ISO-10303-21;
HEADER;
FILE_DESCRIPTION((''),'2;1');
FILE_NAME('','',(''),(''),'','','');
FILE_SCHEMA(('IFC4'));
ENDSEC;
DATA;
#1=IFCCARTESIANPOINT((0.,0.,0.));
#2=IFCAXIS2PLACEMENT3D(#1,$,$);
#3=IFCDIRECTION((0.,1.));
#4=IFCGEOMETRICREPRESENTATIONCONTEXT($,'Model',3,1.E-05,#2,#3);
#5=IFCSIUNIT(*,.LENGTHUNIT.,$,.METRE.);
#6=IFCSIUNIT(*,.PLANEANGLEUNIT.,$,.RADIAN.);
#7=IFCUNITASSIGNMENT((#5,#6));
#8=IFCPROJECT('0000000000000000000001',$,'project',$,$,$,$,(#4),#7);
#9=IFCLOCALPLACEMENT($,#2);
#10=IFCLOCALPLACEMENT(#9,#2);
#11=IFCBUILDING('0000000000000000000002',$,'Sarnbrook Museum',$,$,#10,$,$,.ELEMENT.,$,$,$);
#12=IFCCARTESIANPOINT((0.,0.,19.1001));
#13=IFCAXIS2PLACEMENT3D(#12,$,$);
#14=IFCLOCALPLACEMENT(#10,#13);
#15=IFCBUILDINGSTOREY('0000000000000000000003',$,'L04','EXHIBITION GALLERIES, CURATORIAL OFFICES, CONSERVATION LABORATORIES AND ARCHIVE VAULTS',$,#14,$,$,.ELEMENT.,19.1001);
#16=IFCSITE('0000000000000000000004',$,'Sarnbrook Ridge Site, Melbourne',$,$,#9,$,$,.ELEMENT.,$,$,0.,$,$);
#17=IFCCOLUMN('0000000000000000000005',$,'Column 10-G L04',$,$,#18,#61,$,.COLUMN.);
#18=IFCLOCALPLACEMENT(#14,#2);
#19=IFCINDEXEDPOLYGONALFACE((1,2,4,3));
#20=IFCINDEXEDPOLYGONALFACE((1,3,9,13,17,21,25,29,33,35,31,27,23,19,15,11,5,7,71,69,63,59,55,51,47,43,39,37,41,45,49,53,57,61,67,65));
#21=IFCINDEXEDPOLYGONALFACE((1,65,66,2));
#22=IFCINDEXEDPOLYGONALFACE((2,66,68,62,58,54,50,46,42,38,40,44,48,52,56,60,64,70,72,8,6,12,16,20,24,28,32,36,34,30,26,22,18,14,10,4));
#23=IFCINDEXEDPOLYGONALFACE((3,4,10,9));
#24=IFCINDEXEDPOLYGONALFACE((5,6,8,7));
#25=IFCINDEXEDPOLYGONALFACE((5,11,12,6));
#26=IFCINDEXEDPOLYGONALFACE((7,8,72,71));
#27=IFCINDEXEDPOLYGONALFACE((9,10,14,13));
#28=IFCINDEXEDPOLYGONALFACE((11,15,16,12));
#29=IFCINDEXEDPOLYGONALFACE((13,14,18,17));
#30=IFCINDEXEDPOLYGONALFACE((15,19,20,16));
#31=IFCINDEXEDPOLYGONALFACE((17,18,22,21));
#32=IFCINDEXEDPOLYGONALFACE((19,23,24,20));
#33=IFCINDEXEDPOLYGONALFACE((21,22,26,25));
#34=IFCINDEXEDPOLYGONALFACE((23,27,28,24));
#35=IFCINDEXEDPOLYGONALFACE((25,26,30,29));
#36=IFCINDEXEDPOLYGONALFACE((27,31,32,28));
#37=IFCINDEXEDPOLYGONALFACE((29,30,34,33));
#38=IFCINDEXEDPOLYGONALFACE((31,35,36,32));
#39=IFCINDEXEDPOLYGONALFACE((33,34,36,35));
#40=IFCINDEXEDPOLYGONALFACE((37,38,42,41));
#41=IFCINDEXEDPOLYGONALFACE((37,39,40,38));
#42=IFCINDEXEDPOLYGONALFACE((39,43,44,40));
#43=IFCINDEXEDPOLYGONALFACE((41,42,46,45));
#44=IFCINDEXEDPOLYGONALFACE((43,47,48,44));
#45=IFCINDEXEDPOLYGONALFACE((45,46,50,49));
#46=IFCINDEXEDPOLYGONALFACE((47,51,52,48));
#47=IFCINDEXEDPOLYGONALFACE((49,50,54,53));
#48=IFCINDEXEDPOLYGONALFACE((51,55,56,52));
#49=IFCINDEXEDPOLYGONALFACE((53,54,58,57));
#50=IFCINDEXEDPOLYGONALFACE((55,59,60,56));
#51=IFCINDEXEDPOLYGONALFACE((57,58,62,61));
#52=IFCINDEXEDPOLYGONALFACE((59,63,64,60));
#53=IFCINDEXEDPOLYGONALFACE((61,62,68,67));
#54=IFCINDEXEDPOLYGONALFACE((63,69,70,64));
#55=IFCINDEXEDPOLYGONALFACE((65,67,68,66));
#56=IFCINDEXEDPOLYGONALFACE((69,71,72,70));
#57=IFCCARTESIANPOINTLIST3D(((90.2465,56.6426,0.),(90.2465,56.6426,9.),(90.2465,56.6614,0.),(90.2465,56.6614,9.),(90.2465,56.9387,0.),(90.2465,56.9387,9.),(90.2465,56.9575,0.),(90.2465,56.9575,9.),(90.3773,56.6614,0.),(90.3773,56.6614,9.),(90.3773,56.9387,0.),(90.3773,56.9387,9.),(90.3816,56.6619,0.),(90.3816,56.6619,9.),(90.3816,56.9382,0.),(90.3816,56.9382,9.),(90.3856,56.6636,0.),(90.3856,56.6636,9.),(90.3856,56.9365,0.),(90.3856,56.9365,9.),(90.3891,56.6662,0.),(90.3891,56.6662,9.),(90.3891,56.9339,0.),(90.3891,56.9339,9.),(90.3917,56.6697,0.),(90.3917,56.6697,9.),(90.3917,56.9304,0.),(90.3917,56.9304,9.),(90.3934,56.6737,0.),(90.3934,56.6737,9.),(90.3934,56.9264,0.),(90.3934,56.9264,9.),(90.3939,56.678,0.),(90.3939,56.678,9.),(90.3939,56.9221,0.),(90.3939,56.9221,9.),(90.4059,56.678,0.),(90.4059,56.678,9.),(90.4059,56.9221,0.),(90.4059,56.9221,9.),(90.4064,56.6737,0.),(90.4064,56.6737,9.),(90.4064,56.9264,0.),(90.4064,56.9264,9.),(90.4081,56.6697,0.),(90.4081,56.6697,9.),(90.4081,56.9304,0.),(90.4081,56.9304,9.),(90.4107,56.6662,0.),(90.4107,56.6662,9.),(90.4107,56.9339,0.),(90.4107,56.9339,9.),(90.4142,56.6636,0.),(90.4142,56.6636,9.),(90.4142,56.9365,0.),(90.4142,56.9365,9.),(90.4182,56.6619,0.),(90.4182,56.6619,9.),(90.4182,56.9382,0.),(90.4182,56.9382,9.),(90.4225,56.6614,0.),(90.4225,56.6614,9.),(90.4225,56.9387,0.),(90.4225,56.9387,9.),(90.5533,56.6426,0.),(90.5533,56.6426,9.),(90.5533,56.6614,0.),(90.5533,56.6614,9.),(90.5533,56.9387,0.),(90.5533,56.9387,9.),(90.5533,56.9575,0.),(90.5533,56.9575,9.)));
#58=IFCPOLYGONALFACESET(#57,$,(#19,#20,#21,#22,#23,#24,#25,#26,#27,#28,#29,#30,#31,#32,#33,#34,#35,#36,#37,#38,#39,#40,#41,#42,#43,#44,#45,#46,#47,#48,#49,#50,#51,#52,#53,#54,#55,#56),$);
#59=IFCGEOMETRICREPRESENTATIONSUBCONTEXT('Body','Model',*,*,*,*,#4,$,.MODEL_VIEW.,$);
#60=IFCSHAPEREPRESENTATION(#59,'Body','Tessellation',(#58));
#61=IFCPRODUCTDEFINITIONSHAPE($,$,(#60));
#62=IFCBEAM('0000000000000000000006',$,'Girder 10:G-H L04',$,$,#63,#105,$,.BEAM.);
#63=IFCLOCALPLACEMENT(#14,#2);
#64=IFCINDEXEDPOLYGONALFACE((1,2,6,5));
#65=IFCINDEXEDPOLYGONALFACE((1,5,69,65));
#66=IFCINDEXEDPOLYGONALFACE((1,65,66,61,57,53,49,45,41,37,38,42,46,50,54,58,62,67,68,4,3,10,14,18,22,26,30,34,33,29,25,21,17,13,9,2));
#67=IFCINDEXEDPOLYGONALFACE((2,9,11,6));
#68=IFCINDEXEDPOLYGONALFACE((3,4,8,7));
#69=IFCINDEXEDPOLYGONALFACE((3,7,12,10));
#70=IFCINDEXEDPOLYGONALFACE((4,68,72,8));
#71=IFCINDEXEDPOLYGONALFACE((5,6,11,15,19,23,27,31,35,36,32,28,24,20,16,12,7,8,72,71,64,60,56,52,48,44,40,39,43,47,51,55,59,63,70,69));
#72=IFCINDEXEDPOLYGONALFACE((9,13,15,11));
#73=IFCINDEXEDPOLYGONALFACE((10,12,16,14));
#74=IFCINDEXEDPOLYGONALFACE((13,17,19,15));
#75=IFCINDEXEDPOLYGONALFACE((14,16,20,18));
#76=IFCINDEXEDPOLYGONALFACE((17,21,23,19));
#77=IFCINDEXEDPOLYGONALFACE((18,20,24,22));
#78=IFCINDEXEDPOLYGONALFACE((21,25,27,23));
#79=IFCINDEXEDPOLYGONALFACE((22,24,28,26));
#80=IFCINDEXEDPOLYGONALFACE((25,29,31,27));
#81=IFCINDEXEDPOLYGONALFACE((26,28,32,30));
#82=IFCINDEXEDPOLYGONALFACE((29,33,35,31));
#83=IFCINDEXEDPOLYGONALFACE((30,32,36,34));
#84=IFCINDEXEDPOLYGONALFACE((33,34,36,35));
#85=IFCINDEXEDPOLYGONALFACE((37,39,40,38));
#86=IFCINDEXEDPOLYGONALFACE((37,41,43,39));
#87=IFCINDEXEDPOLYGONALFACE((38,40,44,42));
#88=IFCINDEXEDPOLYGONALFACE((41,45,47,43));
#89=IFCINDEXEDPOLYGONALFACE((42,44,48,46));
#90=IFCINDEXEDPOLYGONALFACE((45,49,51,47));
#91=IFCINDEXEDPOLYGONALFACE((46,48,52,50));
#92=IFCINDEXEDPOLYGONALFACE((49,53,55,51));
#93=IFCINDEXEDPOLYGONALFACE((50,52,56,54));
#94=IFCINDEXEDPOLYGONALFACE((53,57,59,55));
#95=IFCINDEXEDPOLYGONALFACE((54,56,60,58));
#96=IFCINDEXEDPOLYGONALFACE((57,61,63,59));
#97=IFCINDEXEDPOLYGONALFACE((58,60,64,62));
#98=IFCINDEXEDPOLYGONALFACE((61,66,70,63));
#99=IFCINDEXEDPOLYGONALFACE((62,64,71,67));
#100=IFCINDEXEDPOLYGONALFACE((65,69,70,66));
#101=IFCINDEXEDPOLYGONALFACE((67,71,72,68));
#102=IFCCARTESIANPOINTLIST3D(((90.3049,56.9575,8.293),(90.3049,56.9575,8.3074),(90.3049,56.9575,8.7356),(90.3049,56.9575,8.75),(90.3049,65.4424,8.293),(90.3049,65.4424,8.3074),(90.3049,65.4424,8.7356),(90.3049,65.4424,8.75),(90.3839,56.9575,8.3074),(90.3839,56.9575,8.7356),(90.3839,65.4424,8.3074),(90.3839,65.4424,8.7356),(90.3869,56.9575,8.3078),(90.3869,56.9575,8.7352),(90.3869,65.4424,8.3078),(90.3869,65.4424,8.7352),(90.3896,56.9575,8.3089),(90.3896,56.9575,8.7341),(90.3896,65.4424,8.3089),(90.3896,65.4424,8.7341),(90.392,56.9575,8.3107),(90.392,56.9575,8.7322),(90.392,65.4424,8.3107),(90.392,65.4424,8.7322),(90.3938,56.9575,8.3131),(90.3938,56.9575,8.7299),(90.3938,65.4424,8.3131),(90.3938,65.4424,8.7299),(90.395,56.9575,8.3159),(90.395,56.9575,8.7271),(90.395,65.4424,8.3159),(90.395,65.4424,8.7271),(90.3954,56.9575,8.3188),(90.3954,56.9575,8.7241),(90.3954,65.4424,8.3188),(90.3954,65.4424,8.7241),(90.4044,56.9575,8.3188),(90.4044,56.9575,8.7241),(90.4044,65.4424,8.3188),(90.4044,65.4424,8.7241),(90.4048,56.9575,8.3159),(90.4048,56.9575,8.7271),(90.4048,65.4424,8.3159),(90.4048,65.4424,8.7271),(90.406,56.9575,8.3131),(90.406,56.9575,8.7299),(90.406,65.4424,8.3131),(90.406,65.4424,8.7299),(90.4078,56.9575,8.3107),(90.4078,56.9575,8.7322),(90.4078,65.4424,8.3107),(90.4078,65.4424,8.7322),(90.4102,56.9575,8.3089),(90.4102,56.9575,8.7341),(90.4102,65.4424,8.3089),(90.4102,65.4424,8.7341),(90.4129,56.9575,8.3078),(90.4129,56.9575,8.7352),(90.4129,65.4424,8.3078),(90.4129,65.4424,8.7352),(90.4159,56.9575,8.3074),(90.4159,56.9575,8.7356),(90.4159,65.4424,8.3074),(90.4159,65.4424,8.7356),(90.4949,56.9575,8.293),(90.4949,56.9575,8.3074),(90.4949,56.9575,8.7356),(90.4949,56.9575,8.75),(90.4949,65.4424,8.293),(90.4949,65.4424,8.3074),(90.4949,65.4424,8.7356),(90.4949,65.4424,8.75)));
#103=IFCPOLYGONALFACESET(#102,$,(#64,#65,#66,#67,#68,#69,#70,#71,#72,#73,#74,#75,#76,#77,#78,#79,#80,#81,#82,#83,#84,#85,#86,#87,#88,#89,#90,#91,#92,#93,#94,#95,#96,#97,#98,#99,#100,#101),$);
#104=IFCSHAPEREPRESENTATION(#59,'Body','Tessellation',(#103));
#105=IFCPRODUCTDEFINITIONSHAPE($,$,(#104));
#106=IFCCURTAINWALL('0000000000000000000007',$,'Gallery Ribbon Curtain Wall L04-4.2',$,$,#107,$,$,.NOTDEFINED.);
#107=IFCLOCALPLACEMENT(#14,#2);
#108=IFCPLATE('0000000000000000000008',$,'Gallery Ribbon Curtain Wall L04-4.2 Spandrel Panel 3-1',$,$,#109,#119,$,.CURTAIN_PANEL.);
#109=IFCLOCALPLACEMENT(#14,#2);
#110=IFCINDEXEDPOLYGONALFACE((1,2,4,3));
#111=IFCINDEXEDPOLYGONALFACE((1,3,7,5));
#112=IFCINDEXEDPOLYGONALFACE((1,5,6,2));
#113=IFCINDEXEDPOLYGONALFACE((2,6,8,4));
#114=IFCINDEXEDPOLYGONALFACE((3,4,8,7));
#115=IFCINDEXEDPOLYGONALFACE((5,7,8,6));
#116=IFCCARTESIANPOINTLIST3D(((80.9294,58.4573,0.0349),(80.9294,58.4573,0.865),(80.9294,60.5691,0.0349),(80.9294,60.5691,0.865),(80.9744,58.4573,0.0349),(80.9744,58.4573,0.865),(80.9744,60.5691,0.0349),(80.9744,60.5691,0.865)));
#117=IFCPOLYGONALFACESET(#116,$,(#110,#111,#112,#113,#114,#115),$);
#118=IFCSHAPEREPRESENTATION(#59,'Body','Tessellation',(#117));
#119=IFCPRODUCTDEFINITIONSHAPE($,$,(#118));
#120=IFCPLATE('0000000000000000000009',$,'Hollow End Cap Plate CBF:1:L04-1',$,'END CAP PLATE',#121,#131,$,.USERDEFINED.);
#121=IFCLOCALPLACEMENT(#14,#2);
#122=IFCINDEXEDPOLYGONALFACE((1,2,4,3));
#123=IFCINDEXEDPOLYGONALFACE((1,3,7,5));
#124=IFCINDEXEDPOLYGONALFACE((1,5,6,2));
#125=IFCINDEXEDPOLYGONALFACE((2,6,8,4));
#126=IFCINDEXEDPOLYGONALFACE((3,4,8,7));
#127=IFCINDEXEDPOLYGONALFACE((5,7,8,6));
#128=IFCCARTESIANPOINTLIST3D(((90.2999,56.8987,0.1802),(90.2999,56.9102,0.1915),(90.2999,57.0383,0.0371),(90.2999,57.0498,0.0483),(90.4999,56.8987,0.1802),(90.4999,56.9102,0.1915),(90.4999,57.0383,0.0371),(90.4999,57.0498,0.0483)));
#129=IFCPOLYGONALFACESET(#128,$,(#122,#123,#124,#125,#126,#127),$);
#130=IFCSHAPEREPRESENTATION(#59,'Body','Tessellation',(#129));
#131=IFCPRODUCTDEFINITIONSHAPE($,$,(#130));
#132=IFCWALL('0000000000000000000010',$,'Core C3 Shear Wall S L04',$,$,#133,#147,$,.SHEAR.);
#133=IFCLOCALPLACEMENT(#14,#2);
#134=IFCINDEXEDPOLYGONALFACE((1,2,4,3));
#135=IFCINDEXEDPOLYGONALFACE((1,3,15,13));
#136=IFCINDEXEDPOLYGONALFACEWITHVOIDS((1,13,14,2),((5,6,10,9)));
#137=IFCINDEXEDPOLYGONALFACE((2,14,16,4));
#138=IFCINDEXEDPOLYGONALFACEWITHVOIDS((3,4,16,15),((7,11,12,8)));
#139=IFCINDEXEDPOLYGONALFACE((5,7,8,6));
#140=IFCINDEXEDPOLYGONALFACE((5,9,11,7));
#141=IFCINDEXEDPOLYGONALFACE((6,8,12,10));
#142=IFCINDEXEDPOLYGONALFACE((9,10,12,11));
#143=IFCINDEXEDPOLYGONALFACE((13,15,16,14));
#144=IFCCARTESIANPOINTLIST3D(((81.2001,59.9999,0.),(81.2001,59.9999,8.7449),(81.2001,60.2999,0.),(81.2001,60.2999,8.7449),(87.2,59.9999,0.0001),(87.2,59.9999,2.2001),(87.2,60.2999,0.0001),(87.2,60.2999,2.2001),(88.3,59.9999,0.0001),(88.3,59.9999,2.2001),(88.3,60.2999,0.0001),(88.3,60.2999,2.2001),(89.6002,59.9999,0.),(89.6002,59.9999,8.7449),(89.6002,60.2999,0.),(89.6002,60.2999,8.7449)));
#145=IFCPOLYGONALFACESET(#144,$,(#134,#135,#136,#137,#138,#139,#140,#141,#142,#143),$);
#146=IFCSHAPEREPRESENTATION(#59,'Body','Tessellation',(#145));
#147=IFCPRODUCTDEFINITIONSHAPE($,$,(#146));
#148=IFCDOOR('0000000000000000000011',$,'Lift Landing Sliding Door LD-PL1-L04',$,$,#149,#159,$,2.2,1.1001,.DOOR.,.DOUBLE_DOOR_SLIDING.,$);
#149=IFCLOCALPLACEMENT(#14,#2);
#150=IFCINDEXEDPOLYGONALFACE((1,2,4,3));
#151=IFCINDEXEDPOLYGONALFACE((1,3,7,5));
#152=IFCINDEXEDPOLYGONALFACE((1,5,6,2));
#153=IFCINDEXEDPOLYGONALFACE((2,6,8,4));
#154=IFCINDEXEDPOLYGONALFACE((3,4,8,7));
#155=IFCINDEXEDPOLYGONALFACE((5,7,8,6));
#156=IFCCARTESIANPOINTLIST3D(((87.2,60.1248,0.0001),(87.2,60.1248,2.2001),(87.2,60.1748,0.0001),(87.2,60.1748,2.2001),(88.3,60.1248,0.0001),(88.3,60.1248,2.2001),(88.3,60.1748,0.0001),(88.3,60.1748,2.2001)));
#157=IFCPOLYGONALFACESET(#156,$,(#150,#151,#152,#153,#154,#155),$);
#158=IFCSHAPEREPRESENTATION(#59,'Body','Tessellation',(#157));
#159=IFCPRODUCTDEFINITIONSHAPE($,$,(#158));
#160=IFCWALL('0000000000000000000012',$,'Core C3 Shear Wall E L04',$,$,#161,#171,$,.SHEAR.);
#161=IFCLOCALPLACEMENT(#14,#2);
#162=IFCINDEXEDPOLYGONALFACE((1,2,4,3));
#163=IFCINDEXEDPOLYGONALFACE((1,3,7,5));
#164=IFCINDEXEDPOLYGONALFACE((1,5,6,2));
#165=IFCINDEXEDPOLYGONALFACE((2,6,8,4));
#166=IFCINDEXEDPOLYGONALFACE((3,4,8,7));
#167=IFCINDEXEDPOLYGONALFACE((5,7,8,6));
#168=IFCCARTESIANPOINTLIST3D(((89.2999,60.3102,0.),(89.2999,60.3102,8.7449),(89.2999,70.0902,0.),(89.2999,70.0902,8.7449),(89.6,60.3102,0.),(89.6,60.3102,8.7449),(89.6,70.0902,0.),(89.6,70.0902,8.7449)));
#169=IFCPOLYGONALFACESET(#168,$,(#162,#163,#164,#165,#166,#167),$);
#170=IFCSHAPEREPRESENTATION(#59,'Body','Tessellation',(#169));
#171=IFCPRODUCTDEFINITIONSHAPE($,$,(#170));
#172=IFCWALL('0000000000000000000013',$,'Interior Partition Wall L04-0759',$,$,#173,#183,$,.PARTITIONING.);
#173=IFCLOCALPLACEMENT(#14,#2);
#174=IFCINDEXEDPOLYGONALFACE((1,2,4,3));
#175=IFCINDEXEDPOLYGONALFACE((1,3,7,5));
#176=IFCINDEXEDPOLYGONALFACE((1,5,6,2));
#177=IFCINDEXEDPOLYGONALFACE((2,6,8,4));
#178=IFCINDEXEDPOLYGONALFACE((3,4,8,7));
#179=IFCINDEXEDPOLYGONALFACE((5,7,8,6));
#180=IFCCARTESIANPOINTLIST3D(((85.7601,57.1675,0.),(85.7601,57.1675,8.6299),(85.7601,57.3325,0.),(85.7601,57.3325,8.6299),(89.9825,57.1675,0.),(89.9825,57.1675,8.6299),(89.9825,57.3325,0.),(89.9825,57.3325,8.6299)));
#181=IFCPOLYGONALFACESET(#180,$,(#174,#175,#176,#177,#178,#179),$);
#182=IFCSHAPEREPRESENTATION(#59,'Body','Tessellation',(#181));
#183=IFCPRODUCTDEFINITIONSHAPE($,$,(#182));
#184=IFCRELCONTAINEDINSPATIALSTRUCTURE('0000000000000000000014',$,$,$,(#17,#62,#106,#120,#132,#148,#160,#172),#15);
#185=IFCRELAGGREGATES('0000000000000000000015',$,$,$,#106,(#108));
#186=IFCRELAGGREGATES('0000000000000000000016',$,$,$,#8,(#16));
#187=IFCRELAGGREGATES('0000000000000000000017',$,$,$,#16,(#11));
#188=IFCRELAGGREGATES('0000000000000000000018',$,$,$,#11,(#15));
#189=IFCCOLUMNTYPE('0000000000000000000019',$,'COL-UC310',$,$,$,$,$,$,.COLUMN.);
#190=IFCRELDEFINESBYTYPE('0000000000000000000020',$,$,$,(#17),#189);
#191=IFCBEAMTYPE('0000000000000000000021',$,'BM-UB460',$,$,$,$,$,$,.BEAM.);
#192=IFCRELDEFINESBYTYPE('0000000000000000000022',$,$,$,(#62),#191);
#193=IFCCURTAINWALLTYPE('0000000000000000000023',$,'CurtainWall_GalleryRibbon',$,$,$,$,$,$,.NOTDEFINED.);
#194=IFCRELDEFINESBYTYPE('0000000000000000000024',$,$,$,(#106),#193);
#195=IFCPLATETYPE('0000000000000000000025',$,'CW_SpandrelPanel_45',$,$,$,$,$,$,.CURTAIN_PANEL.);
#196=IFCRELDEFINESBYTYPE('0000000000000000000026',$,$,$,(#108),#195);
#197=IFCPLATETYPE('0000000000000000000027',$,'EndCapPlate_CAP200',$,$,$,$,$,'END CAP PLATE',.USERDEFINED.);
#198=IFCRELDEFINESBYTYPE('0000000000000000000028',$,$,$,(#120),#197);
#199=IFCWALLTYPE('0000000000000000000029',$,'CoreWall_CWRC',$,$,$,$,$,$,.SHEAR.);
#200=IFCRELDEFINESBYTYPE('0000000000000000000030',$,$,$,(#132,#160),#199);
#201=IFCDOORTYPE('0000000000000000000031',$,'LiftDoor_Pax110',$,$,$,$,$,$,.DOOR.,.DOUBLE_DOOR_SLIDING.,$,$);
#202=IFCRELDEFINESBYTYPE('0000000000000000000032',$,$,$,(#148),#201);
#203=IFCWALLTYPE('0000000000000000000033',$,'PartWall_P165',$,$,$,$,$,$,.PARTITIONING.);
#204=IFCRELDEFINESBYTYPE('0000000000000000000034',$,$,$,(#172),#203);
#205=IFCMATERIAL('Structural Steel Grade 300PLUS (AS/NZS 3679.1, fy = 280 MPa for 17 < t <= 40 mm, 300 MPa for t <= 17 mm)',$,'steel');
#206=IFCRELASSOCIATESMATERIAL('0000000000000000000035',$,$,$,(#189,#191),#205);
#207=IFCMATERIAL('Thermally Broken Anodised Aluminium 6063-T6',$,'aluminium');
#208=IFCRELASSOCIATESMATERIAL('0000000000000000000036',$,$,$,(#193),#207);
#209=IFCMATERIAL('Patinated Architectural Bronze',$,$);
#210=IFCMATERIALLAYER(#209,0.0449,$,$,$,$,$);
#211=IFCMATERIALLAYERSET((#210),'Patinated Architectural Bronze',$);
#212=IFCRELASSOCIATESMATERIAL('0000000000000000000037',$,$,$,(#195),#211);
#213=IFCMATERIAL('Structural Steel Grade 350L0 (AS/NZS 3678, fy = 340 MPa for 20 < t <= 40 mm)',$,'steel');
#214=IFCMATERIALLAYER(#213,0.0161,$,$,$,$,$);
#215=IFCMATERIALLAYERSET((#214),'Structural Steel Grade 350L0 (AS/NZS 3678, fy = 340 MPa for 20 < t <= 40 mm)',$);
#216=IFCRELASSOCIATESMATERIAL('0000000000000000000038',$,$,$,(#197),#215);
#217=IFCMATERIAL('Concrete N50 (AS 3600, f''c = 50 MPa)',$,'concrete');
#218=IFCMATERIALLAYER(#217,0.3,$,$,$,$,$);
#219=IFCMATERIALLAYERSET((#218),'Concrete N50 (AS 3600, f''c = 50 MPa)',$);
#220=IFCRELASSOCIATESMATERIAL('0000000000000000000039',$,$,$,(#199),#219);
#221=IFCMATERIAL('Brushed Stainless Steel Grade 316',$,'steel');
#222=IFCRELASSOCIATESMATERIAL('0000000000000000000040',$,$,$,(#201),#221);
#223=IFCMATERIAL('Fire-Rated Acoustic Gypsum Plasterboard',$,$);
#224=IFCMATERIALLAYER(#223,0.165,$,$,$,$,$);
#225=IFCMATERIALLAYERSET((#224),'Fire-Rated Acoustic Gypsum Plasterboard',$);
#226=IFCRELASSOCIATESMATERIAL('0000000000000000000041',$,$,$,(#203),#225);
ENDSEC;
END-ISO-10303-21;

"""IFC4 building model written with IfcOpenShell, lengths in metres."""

from ifc_helpers import new_model, si_unit, direction, frame, frame_2d, origin, origin_2d, place, context, subcontext, project, spatial, rectangle, i_section, extrude, material, layer, layer_set, material_profile, profile_set, type_object, element, fill, aggregate, save


model = new_model("IFC4")

# Units and contexts
model_context = context("Model", 3, precision=1e-05, world=origin(), true_north=direction((0.0, 1.0)))
body_context = subcontext(model_context, "Body", "Model", "MODEL_VIEW")
ifc_project = project(units=[si_unit("LENGTHUNIT", "METRE"), si_unit("PLANEANGLEUNIT", "RADIAN")], contexts=[model_context])

# Site, building, storey
site_placement = place(None, origin())
site = spatial("IfcSite", under=ifc_project, at=site_placement, Name="Sarnbrook Ridge Site, Melbourne", CompositionType="ELEMENT", RefElevation=0.0)
building_placement = place(site_placement, origin())
building = spatial("IfcBuilding", under=site, at=building_placement, Name="Sarnbrook Museum", CompositionType="ELEMENT")
storey_placement = place(building_placement, frame((0.0, 0.0, 19.1001)))
storey = spatial("IfcBuildingStorey", under=building, at=storey_placement, Name="L04", Description="EXHIBITION GALLERIES, CURATORIAL OFFICES, CONSERVATION LABORATORIES AND ARCHIVE VAULTS", CompositionType="ELEMENT", Elevation=19.1001)

# Column
ifc_material_1 = material(Name="Structural Steel Grade 300PLUS (AS/NZS 3679.1, fy = 280 MPa for 17 < t <= 40 mm, 300 MPa for t <= 17 mm)", Category="steel")
ifc_material_profile_1 = material_profile(ifc_material_1, i_section(OverallWidth=0.3069, OverallDepth=0.3149, WebThickness=0.012, FlangeThickness=0.0188, FilletRadius=0.0166, at=origin_2d()), Name="310UC118")
ifc_profile_set_1 = profile_set([ifc_material_profile_1], Name="Structural Steel Grade 300PLUS (AS/NZS 3679.1, fy = 280 MPa for 17 < t <= 40 mm, 300 MPa for t <= 17 mm)")
column_type = type_object("IfcColumnType", Name="COL-UC310", PredefinedType="COLUMN", material=ifc_profile_set_1)
column_placement = place(storey_placement, frame((90.3999, 56.8, 0.0), z_axis=(0.0, 0.0, 1.0), x_axis=(1.0, 0.0, 0.0)))
element("IfcColumn", 1, at=column_placement, inside=storey, type_object=column_type, Name="Column 10-G L04", PredefinedType="COLUMN", context=body_context, shape_type="SweptSolid", body=[
    extrude(i_section(OverallWidth=0.3069, OverallDepth=0.3149, WebThickness=0.012, FlangeThickness=0.0188, FilletRadius=0.0166, at=origin_2d()), origin(), (0.0, 0.0, 1.0), 9.0),
])

# Beam
ifc_material_profile_2 = material_profile(ifc_material_1, i_section(OverallWidth=0.1899, OverallDepth=0.457, WebThickness=0.009, FlangeThickness=0.0144, FilletRadius=0.0115, at=origin_2d()), Name="460UB74.6")
ifc_profile_set_2 = profile_set([ifc_material_profile_2], Name="Structural Steel Grade 300PLUS (AS/NZS 3679.1, fy = 280 MPa for 17 < t <= 40 mm, 300 MPa for t <= 17 mm)")
beam_type = type_object("IfcBeamType", Name="BM-UB460", PredefinedType="BEAM", material=ifc_profile_set_2)
beam_placement = place(storey_placement, frame((90.3999, 56.9575, 8.5215), z_axis=(0.0, 1.0, 0.0), x_axis=(-1.0, 0.0, 0.0)))
element("IfcBeam", 2, at=beam_placement, inside=storey, type_object=beam_type, Name="Girder 10:G-H L04", PredefinedType="BEAM", context=body_context, shape_type="SweptSolid", body=[
    extrude(i_section(OverallWidth=0.1899, OverallDepth=0.457, WebThickness=0.009, FlangeThickness=0.0144, FilletRadius=0.0115, at=origin_2d()), origin(), (0.0, 0.0, 1.0), 8.4849),
])

# Curtain wall, plate
ifc_material_2 = material(Name="Thermally Broken Anodised Aluminium 6063-T6", Category="aluminium")
curtain_wall_type = type_object("IfcCurtainWallType", Name="CurtainWall_GalleryRibbon", PredefinedType="NOTDEFINED", material=ifc_material_2)
curtain_wall_placement = place(storey_placement, origin())
curtain_wall = element("IfcCurtainWall", 3, at=curtain_wall_placement, inside=storey, type_object=curtain_wall_type, Name="Gallery Ribbon Curtain Wall L04-4.2", PredefinedType="NOTDEFINED")
ifc_material_3 = material(Name="Patinated Architectural Bronze")
ifc_layer_1 = layer(ifc_material_3, 0.0449)
ifc_layer_set_1 = layer_set([ifc_layer_1], Name="Patinated Architectural Bronze")
plate_type_1 = type_object("IfcPlateType", Name="CW_SpandrelPanel_45", PredefinedType="CURTAIN_PANEL", material=ifc_layer_set_1)
plate_1_placement = place(storey_placement, frame((80.9744, 59.5132, 0.45), z_axis=(-1.0, 0.0, 0.0), x_axis=(0.0, -1.0, 0.0)))
plate_1 = element("IfcPlate", 4, at=plate_1_placement, type_object=plate_type_1, Name="Gallery Ribbon Curtain Wall L04-4.2 Spandrel Panel 3-1", PredefinedType="CURTAIN_PANEL", context=body_context, shape_type="SweptSolid", body=[
    extrude(rectangle(XDim=2.1118, YDim=0.8301, at=origin_2d()), origin(), (0.0, 0.0, 1.0), 0.0449),
])
aggregate(curtain_wall, [plate_1])

# Plate
ifc_material_4 = material(Name="Structural Steel Grade 350L0 (AS/NZS 3678, fy = 340 MPa for 20 < t <= 40 mm)", Category="steel")
ifc_layer_2 = layer(ifc_material_4, 0.0161)
ifc_layer_set_2 = layer_set([ifc_layer_2], Name="Structural Steel Grade 350L0 (AS/NZS 3678, fy = 340 MPa for 20 < t <= 40 mm)")
plate_type_2 = type_object("IfcPlateType", Name="EndCapPlate_CAP200", ElementType="END CAP PLATE", PredefinedType="USERDEFINED", material=ifc_layer_set_2)
plate_2_placement = place(storey_placement, frame((90.3999, 56.9685, 0.1086), z_axis=(0.0, 0.715958, 0.698144), x_axis=(-1.0, 0.0, 0.0)))
element("IfcPlate", 5, at=plate_2_placement, inside=storey, type_object=plate_type_2, Name="Hollow End Cap Plate CBF:1:L04-1", ObjectType="END CAP PLATE", PredefinedType="USERDEFINED", context=body_context, shape_type="SweptSolid", body=[
    extrude(rectangle(XDim=0.2, YDim=0.2, at=origin_2d()), origin(), (0.0, 0.0, 1.0), 0.0161),
])

# Wall, opening, door
ifc_material_5 = material(Name="Concrete N50 (AS 3600, f'c = 50 MPa)", Category="concrete")
ifc_layer_3 = layer(ifc_material_5, 0.3)
ifc_layer_set_3 = layer_set([ifc_layer_3], Name="Concrete N50 (AS 3600, f'c = 50 MPa)")
wall_type_1 = type_object("IfcWallType", Name="CoreWall_CWRC", PredefinedType="SHEAR", material=ifc_layer_set_3)
wall_1_placement = place(storey_placement, frame((81.2, 60.1499, 0.0), z_axis=(0.0, 0.0, 1.0), x_axis=(1.0, 0.0, 0.0)))
wall_1 = element("IfcWall", 6, at=wall_1_placement, inside=storey, type_object=wall_type_1, Name="Core C3 Shear Wall S L04", PredefinedType="SHEAR", context=body_context, shape_type="SweptSolid", body=[
    extrude(rectangle(XDim=8.4001, YDim=0.3, at=frame_2d((4.2002, 0.0))), origin(), (0.0, 0.0, 1.0), 8.7449),
])
opening_placement = place(wall_1_placement, frame((6.0, 0.0, 0.0)))
opening = element("IfcOpeningElement", 7, at=opening_placement, cuts=wall_1, PredefinedType="OPENING", context=body_context, shape_type="SweptSolid", body=[
    extrude(rectangle(XDim=1.1001, YDim=2.2, at=frame_2d((0.55, 1.1001))), frame((0.0, 0.1602, 0.0), z_axis=(0.0, -1.0, 0.0), x_axis=(1.0, 0.0, 0.0)), (0.0, 0.0, 1.0), 0.3201),
])
ifc_material_6 = material(Name="Brushed Stainless Steel Grade 316", Category="steel")
door_type = type_object("IfcDoorType", Name="LiftDoor_Pax110", OperationType="DOUBLE_DOOR_SLIDING", PredefinedType="DOOR", material=ifc_material_6)
door_placement = place(opening_placement, origin())
door = element("IfcDoor", 8, at=door_placement, inside=storey, type_object=door_type, Name="Lift Landing Sliding Door LD-PL1-L04", OperationType="DOUBLE_DOOR_SLIDING", OverallHeight=2.2, OverallWidth=1.1001, PredefinedType="DOOR", context=body_context, shape_type="SweptSolid", body=[
    extrude(rectangle(XDim=1.1001, YDim=2.2, at=frame_2d((0.55, 1.1001))), frame((0.0, 0.0249, 0.0), z_axis=(0.0, -1.0, 0.0), x_axis=(1.0, 0.0, 0.0)), (0.0, 0.0, 1.0), 0.05),
])
fill(opening, door)

# Walls
wall_2_placement = place(storey_placement, frame((89.45, 60.3101, 0.0), z_axis=(0.0, 0.0, 1.0), x_axis=(0.0, 1.0, 0.0)))
element("IfcWall", 9, at=wall_2_placement, inside=storey, type_object=wall_type_1, Name="Core C3 Shear Wall E L04", PredefinedType="SHEAR", context=body_context, shape_type="SweptSolid", body=[
    extrude(rectangle(XDim=9.78, YDim=0.3, at=frame_2d((4.8901, 0.0))), origin(), (0.0, 0.0, 1.0), 8.7449),
])
ifc_material_7 = material(Name="Fire-Rated Acoustic Gypsum Plasterboard")
ifc_layer_4 = layer(ifc_material_7, 0.165)
ifc_layer_set_4 = layer_set([ifc_layer_4], Name="Fire-Rated Acoustic Gypsum Plasterboard")
wall_type_2 = type_object("IfcWallType", Name="PartWall_P165", PredefinedType="PARTITIONING", material=ifc_layer_set_4)
wall_3_placement = place(storey_placement, frame((85.76, 57.25, 0.0), z_axis=(0.0, 0.0, 1.0), x_axis=(1.0, 0.0, 0.0)))
element("IfcWall", 10, at=wall_3_placement, inside=storey, type_object=wall_type_2, Name="Interior Partition Wall L04-0759", PredefinedType="PARTITIONING", context=body_context, shape_type="SweptSolid", body=[
    extrude(rectangle(XDim=4.2224, YDim=0.165, at=frame_2d((2.1113, 0.0))), origin(), (0.0, 0.0, 1.0), 8.6299),
])

save(model, "model.ifc")
